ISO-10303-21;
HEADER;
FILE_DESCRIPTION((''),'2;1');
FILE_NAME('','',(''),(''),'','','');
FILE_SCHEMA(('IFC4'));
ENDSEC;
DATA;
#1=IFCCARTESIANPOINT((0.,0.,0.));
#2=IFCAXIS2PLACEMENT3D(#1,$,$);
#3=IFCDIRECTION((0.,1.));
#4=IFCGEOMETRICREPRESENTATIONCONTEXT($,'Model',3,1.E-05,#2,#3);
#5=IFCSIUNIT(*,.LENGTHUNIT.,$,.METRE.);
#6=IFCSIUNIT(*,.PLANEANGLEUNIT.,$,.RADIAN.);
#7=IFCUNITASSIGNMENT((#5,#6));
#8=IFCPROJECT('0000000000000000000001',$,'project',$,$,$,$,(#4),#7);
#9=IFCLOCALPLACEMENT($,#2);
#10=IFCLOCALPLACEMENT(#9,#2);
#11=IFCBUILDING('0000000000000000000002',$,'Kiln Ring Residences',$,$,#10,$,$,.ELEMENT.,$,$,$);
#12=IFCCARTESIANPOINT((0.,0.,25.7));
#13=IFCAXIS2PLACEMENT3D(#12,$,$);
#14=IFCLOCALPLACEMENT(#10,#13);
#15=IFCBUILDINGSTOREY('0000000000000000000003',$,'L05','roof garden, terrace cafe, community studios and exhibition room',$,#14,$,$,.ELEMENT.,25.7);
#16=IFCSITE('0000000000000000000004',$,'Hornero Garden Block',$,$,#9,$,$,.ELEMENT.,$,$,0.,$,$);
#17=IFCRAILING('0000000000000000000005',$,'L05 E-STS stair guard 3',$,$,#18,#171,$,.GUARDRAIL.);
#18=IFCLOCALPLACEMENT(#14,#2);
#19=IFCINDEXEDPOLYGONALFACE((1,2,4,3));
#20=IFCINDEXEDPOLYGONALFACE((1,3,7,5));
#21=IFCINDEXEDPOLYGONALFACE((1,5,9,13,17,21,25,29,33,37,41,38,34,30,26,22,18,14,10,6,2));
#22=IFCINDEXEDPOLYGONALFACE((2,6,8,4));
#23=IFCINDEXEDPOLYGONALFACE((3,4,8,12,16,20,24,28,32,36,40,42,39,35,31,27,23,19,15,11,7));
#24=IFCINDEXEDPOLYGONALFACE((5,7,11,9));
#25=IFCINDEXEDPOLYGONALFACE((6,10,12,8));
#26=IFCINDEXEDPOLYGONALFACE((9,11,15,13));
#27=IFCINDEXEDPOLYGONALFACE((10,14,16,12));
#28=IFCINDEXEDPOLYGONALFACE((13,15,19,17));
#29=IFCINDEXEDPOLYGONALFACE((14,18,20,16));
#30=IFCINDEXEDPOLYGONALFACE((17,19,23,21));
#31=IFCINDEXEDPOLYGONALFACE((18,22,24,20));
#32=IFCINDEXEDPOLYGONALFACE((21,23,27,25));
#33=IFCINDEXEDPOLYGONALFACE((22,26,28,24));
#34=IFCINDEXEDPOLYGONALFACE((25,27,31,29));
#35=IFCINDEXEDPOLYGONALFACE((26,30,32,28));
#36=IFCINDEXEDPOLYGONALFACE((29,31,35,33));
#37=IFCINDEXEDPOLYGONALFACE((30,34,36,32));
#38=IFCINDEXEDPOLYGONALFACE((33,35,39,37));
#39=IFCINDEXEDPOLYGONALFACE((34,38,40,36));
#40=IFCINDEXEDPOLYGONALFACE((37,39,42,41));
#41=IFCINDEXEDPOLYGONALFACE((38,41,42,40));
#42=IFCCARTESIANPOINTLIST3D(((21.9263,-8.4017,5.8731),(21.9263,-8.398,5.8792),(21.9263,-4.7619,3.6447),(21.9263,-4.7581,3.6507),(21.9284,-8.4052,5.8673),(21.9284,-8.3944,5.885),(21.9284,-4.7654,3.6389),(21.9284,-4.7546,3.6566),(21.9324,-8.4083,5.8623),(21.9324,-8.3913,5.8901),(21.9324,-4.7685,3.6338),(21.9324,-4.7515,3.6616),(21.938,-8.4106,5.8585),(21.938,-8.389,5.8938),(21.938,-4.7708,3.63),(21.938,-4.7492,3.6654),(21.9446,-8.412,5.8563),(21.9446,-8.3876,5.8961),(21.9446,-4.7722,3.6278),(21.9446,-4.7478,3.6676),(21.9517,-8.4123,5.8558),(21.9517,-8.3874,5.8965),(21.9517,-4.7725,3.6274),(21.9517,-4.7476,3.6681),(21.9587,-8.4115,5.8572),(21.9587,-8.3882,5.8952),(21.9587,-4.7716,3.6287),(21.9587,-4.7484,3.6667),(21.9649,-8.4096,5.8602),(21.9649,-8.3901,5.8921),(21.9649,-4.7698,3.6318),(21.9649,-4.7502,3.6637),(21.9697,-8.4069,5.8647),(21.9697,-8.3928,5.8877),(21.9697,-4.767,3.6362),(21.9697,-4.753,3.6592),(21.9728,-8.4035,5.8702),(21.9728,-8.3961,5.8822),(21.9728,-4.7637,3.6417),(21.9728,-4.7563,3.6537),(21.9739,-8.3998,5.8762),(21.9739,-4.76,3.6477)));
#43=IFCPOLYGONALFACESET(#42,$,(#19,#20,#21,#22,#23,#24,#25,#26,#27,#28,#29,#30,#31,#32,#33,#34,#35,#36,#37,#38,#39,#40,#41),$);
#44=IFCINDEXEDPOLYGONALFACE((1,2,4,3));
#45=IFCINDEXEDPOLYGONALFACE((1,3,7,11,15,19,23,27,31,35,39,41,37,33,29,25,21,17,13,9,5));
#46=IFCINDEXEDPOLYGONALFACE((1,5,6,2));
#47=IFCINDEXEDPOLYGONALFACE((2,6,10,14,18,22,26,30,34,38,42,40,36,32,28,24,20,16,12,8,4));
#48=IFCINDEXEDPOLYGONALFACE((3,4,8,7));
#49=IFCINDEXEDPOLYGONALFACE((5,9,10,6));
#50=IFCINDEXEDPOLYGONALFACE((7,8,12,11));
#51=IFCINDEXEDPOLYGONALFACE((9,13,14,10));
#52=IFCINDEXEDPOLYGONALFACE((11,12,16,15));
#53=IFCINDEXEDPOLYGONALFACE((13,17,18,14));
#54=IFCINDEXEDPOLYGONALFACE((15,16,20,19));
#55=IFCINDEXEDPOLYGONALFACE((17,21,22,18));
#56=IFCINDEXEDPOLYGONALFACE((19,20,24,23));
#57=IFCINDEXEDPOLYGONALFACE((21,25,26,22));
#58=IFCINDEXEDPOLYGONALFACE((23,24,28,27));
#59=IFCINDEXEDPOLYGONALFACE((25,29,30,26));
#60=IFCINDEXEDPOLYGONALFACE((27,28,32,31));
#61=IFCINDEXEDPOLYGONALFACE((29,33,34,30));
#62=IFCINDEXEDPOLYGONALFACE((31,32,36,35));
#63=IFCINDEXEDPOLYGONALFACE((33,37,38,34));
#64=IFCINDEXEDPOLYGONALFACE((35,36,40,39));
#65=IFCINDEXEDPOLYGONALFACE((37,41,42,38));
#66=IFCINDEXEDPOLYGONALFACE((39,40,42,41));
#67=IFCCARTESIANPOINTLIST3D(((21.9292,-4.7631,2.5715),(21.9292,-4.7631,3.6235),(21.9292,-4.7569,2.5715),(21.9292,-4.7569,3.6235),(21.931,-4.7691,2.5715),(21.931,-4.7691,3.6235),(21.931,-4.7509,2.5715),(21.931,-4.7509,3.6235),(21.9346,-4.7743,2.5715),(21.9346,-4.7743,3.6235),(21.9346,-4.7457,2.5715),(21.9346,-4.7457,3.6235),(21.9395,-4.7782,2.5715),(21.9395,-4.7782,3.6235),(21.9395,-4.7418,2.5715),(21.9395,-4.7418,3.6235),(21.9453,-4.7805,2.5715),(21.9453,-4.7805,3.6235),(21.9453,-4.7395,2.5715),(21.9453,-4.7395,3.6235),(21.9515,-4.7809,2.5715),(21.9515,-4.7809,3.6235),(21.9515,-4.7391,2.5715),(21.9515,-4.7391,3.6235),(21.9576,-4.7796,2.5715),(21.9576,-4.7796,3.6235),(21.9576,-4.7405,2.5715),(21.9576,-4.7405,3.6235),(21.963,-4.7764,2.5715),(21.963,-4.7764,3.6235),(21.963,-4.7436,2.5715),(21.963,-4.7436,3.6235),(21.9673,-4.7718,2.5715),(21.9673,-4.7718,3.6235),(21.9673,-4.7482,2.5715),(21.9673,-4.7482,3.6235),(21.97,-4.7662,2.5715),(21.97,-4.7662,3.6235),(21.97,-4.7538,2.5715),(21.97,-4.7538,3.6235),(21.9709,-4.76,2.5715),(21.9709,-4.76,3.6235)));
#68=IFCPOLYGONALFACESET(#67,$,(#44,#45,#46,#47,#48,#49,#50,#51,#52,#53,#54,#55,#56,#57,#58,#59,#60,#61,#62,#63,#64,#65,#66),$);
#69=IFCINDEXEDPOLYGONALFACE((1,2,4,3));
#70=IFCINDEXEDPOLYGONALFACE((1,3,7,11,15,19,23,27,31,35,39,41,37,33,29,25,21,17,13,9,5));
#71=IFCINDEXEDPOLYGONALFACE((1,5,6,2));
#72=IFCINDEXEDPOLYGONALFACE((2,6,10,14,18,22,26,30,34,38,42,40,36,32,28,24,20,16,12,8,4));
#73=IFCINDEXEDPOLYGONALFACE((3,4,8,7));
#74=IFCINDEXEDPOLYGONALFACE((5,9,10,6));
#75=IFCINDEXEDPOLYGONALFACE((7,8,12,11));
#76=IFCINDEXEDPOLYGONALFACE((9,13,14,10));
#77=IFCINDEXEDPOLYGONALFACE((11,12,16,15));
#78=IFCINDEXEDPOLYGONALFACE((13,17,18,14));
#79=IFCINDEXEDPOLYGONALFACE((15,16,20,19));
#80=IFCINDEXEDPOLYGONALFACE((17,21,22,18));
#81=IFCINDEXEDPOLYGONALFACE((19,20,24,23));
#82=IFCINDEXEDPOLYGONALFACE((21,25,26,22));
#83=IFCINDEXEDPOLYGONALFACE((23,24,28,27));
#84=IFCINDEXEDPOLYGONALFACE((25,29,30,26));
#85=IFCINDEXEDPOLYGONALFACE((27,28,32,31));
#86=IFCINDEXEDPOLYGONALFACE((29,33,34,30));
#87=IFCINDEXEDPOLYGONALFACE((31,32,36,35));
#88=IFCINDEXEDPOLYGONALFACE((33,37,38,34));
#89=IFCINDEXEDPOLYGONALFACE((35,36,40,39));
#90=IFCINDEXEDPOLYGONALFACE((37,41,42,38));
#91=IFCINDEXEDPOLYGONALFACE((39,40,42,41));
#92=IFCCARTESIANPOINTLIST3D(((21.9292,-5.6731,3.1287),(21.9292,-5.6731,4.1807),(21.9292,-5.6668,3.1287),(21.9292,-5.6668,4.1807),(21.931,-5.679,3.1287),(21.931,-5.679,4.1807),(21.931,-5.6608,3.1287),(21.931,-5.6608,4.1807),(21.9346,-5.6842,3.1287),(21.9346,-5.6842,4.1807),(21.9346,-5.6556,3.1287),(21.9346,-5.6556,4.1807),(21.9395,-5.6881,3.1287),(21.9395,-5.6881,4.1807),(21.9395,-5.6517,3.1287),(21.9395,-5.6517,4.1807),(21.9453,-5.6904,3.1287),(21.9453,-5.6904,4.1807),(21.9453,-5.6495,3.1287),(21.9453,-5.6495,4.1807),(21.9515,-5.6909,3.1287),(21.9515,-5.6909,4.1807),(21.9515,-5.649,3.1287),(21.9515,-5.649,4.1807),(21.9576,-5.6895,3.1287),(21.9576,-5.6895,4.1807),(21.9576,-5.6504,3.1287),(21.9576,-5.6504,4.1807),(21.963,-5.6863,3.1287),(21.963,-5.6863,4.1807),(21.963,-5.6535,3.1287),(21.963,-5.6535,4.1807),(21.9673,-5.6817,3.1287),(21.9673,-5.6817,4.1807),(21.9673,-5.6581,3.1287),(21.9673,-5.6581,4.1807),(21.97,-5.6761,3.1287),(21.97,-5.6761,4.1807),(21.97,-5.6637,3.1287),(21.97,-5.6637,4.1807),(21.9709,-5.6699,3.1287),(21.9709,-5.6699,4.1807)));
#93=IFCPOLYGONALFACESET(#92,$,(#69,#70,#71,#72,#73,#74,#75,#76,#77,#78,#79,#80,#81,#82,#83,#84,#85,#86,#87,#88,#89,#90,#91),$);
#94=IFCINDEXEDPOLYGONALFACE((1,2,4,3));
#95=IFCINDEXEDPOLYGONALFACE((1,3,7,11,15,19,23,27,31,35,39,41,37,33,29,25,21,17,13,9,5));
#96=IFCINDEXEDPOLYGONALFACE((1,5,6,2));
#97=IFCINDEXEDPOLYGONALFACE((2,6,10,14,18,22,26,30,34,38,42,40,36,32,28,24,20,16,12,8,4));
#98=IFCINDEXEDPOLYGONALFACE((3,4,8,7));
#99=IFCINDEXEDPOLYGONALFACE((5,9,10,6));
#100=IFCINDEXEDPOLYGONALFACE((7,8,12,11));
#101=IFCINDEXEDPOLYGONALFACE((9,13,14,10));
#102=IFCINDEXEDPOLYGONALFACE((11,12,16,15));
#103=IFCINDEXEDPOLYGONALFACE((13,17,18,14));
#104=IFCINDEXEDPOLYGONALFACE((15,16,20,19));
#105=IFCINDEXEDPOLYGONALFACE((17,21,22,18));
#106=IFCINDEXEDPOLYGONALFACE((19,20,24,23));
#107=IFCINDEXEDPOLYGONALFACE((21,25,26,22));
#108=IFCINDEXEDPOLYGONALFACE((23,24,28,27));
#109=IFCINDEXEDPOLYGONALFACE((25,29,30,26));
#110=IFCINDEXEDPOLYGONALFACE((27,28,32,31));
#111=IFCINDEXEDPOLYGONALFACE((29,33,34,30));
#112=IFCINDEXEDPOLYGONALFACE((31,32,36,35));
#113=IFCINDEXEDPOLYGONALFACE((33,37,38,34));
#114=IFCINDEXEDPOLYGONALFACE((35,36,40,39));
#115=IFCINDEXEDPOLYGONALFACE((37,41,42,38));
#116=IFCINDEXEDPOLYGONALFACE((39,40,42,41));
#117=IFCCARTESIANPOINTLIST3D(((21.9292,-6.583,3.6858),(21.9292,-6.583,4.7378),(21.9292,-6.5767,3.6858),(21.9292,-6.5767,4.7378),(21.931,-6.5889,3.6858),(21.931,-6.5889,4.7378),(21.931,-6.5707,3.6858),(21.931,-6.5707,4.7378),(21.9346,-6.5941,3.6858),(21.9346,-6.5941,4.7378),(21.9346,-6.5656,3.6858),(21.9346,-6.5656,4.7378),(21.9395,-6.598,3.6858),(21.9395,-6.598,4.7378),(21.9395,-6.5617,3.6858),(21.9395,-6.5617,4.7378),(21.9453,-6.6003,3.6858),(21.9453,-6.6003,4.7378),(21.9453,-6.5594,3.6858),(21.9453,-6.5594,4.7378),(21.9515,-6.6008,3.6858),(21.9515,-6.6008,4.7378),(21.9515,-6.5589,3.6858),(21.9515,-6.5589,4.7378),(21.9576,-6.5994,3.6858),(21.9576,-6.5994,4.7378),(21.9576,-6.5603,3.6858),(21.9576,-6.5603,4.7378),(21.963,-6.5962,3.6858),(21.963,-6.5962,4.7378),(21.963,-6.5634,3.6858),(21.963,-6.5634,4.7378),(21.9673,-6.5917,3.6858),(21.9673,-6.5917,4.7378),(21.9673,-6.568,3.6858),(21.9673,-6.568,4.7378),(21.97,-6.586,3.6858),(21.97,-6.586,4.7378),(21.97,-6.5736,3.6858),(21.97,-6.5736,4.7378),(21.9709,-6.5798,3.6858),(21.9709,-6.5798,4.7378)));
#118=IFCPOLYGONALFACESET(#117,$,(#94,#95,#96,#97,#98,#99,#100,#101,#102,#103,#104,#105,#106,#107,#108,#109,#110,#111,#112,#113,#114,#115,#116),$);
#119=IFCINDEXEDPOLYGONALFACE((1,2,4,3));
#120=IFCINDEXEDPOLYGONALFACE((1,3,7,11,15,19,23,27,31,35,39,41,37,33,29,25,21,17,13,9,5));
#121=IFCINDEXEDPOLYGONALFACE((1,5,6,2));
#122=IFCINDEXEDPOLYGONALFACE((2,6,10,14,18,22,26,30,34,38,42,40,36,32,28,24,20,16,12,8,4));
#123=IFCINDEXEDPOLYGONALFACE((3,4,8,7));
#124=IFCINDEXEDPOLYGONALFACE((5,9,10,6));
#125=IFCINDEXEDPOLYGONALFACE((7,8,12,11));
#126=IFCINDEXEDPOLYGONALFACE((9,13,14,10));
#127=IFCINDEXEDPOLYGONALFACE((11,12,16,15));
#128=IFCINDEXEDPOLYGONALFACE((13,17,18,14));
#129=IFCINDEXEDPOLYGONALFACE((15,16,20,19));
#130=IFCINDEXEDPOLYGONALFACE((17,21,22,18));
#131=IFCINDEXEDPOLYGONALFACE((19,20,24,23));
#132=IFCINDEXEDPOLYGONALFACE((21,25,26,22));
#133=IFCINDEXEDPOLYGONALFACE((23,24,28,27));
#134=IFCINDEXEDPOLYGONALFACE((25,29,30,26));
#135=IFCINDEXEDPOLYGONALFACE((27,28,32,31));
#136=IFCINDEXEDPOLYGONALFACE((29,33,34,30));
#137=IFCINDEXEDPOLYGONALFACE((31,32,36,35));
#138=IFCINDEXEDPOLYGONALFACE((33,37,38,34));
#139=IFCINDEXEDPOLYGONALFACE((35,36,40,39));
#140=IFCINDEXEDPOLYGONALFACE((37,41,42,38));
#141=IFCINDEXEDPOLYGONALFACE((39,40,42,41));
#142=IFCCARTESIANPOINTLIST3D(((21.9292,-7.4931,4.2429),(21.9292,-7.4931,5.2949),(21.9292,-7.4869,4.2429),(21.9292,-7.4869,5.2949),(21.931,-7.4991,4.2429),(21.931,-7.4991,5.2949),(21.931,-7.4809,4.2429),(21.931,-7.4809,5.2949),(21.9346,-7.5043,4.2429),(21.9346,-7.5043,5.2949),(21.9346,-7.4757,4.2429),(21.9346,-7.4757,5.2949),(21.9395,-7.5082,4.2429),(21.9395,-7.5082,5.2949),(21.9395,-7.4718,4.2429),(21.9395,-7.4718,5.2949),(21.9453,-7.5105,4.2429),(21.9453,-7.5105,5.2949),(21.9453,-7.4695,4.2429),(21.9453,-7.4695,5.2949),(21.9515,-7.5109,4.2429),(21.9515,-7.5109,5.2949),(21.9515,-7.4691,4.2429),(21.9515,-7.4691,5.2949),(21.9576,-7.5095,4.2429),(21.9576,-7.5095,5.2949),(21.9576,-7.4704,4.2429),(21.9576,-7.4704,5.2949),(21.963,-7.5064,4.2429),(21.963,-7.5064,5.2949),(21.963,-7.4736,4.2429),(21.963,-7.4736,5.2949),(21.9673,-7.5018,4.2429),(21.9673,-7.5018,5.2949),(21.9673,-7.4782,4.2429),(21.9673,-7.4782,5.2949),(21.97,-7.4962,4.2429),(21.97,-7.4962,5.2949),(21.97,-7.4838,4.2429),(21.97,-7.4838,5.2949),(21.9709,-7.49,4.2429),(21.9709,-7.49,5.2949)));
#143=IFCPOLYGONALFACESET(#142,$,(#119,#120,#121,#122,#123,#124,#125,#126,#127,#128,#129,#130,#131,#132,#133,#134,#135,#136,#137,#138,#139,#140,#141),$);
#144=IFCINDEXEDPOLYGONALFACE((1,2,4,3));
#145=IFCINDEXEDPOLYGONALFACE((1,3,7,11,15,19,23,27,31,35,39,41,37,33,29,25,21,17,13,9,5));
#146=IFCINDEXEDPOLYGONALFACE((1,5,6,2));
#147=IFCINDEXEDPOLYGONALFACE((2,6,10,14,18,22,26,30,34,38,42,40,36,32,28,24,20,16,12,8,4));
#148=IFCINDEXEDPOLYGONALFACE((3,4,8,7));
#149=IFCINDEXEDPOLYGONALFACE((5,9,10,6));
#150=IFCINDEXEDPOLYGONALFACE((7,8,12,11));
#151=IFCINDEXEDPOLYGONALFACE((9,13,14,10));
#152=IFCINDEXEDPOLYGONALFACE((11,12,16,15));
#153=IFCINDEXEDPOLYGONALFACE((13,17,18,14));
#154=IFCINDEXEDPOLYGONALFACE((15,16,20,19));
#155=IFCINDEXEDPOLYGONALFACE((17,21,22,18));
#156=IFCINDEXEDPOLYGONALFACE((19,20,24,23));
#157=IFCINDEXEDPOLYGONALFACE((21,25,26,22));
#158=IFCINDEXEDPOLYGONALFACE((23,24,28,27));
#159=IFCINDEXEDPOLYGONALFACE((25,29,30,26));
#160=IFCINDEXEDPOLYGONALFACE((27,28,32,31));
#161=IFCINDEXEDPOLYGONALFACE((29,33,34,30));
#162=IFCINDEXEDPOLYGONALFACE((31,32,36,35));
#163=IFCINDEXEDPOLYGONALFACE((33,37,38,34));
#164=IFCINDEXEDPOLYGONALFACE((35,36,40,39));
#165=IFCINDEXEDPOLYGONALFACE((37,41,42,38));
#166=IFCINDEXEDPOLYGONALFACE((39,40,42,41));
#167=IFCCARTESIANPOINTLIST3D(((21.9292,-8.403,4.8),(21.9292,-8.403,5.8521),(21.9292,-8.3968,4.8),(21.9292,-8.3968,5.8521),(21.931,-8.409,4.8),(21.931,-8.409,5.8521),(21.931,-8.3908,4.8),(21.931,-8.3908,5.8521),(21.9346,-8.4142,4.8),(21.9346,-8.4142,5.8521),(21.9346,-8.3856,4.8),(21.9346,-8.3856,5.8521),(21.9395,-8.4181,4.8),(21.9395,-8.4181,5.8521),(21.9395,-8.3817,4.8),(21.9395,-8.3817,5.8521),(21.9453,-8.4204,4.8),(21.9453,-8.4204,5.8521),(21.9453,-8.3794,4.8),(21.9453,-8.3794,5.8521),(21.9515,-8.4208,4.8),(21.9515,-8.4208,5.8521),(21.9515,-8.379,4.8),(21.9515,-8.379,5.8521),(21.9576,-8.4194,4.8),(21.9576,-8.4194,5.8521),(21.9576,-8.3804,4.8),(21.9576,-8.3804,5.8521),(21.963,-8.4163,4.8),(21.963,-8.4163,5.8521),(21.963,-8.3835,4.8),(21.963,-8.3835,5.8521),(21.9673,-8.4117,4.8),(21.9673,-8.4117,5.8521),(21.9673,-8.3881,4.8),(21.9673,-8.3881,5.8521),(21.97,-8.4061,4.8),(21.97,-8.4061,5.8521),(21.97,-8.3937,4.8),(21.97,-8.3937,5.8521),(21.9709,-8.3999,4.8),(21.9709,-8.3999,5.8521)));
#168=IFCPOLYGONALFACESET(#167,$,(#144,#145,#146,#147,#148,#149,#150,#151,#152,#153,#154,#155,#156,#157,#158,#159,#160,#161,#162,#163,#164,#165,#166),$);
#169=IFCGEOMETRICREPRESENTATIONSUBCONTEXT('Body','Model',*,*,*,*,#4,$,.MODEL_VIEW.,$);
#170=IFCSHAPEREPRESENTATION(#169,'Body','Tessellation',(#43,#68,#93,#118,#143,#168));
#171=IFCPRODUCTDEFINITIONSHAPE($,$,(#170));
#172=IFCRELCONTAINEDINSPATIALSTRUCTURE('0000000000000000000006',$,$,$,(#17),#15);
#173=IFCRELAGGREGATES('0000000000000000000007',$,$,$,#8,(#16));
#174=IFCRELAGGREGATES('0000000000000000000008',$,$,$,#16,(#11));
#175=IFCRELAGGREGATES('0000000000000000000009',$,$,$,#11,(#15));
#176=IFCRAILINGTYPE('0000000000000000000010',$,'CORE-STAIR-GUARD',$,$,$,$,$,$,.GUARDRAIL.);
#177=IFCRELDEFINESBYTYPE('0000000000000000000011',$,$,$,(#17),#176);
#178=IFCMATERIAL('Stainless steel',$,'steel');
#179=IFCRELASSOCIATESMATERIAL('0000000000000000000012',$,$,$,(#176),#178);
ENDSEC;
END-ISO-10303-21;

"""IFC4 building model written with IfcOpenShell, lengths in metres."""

from ifc_helpers import new_model, si_unit, direction, frame, origin, origin_2d, place, context, subcontext, project, spatial, circle, extrude, material, type_object, element, save


model = new_model("IFC4")

# Units and contexts
model_context = context("Model", 3, precision=1e-05, world=origin(), true_north=direction((0.0, 1.0)))
body_context = subcontext(model_context, "Body", "Model", "MODEL_VIEW")
ifc_project = project(units=[si_unit("LENGTHUNIT", "METRE"), si_unit("PLANEANGLEUNIT", "RADIAN")], contexts=[model_context])

# Site, building, storey
site_placement = place(None, origin())
site = spatial("IfcSite", under=ifc_project, at=site_placement, Name="Hornero Garden Block", CompositionType="ELEMENT", RefElevation=0.0)
building_placement = place(site_placement, origin())
building = spatial("IfcBuilding", under=site, at=building_placement, Name="Kiln Ring Residences", CompositionType="ELEMENT")
storey_placement = place(building_placement, frame((0.0, 0.0, 25.7)))
storey = spatial("IfcBuildingStorey", under=building, at=storey_placement, Name="L05", Description="roof garden, terrace cafe, community studios and exhibition room", CompositionType="ELEMENT", Elevation=25.7)

# Railing
ifc_material_1 = material(Name="Stainless steel", Category="steel")
railing_type_1 = type_object("IfcRailingType", Name="CORE-STAIR-GUARD", PredefinedType="GUARDRAIL", material=ifc_material_1)
railing_1_placement = place(storey_placement, frame((21.95, -4.76, 2.5715)))
element("IfcRailing", 1, at=railing_1_placement, inside=storey, type_object=railing_type_1, Name="L05 E-STS stair guard 3", PredefinedType="GUARDRAIL", context=body_context, shape_type="SweptSolid", body=[
    extrude(circle(Radius=0.0239, at=origin_2d()), frame((0.0, 0.0, 1.0762), z_axis=(0.0, -0.85285, 0.522156), x_axis=(1.0, 0.0, 0.0)), (0.0, 0.0, 1.0), 4.2678),
    extrude(circle(Radius=0.021, at=origin_2d()), origin(), (0.0, 0.0, 1.0), 1.052),
    extrude(circle(Radius=0.021, at=origin_2d()), frame((0.0, -0.9099, 0.5571)), (0.0, 0.0, 1.0), 1.052),
    extrude(circle(Radius=0.021, at=origin_2d()), frame((0.0, -1.8198, 1.1143)), (0.0, 0.0, 1.0), 1.052),
    extrude(circle(Radius=0.021, at=origin_2d()), frame((0.0, -2.73, 1.6714)), (0.0, 0.0, 1.0), 1.052),
    extrude(circle(Radius=0.021, at=origin_2d()), frame((0.0, -3.6399, 2.2285)), (0.0, 0.0, 1.0), 1.052),
])

save(model, "model.ifc")
